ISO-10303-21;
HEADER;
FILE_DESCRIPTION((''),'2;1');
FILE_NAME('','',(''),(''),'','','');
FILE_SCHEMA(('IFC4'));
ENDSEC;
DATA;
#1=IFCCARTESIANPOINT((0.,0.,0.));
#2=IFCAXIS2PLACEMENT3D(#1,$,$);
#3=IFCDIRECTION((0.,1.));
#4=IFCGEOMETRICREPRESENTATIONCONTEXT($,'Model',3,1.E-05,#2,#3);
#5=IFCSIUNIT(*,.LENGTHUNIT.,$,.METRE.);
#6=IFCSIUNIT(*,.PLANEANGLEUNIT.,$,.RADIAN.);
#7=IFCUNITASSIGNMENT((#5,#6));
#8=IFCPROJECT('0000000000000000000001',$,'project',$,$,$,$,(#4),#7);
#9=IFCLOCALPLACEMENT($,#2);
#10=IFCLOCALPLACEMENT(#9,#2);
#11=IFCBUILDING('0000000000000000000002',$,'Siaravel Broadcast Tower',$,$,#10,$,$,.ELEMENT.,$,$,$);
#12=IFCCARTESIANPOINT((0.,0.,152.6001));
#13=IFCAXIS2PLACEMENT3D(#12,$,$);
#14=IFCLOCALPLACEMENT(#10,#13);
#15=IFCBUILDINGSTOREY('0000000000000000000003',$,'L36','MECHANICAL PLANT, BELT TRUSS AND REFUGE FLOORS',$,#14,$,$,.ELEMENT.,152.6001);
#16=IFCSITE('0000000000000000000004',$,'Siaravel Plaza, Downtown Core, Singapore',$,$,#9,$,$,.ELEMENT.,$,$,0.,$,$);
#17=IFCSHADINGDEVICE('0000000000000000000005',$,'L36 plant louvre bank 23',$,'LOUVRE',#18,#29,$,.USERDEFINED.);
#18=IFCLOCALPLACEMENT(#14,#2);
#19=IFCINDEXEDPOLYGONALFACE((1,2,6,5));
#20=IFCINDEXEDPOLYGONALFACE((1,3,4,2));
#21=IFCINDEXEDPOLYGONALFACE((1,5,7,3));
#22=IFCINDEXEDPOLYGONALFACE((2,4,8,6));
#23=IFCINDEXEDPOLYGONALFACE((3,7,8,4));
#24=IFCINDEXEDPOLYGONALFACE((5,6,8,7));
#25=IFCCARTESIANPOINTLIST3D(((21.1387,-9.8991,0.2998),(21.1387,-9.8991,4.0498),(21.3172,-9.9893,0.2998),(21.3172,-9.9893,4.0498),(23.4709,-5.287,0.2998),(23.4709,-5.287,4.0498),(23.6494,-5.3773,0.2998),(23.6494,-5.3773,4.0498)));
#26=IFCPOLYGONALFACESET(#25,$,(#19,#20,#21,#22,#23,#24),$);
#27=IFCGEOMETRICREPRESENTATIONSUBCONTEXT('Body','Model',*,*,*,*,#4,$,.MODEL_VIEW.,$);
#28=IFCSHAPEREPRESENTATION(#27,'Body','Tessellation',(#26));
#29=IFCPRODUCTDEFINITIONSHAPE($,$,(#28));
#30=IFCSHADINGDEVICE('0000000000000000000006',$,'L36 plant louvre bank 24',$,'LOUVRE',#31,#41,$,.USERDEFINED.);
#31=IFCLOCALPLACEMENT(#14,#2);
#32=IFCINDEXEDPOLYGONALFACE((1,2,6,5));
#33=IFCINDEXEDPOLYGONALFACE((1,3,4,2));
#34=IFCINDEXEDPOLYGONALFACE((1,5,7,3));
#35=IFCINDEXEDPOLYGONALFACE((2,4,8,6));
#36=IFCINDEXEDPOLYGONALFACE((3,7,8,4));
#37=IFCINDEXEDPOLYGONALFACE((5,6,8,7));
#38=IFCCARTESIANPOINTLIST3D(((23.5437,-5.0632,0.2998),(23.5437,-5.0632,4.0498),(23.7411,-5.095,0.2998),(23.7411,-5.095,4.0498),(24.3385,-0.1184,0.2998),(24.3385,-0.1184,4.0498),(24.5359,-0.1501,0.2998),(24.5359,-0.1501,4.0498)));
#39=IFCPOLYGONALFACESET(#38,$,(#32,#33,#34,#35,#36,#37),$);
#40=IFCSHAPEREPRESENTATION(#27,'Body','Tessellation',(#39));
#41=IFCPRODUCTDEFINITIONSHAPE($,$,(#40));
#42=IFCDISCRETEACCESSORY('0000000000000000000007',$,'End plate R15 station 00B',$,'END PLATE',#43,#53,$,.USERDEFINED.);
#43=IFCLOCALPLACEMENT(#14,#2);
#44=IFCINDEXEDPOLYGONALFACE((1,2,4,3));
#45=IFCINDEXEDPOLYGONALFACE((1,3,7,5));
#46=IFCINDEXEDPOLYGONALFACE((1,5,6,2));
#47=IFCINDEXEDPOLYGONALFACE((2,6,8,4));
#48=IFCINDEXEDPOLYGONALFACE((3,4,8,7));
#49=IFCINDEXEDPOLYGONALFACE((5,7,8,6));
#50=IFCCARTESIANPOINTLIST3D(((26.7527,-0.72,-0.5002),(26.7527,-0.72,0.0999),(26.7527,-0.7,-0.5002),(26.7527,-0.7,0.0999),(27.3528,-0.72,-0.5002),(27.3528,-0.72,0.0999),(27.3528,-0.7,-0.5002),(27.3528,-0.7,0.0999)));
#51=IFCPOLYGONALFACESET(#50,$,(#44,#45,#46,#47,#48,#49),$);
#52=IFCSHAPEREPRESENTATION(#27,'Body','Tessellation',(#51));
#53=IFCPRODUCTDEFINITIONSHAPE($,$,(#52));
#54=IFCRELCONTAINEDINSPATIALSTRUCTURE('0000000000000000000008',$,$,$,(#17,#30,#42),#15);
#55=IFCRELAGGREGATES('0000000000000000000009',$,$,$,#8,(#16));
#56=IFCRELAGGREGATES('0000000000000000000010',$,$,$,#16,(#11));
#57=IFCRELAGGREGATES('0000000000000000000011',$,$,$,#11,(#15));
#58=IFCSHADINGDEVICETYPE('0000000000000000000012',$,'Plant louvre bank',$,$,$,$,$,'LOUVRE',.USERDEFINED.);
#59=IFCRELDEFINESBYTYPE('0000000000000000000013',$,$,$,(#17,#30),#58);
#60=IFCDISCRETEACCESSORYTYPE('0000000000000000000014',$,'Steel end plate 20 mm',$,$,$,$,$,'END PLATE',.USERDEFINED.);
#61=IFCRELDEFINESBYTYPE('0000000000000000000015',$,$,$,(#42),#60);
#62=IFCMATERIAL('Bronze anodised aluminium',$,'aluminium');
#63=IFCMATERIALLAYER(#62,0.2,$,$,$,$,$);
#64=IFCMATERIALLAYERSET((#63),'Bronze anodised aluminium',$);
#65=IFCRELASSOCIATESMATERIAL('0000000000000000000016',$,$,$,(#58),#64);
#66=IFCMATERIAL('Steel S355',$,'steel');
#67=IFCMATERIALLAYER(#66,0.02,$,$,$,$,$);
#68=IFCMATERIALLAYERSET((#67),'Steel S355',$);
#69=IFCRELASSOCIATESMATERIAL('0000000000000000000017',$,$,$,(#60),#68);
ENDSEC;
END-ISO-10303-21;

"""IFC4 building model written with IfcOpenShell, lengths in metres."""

from ifc_helpers import new_model, si_unit, direction, frame, origin, origin_2d, place, context, subcontext, project, spatial, rectangle, extrude, material, layer, layer_set, type_object, element, save


model = new_model("IFC4")

# Units and contexts
model_context = context("Model", 3, precision=1e-05, world=origin(), true_north=direction((0.0, 1.0)))
body_context = subcontext(model_context, "Body", "Model", "MODEL_VIEW")
ifc_project = project(units=[si_unit("LENGTHUNIT", "METRE"), si_unit("PLANEANGLEUNIT", "RADIAN")], contexts=[model_context])

# Site, building, storey
site_placement = place(None, origin())
site = spatial("IfcSite", under=ifc_project, at=site_placement, Name="Siaravel Plaza, Downtown Core, Singapore", CompositionType="ELEMENT", RefElevation=0.0)
building_placement = place(site_placement, origin())
building = spatial("IfcBuilding", under=site, at=building_placement, Name="Siaravel Broadcast Tower", CompositionType="ELEMENT")
storey_placement = place(building_placement, frame((0.0, 0.0, 152.6001)))
storey = spatial("IfcBuildingStorey", under=building, at=storey_placement, Name="L36", Description="MECHANICAL PLANT, BELT TRUSS AND REFUGE FLOORS", CompositionType="ELEMENT", Elevation=152.6001)

# Shared definitions
ifc_material_1 = material(Name="Steel S355", Category="steel")

# Shading devices
ifc_material_2 = material(Name="Bronze anodised aluminium", Category="aluminium")
ifc_layer_1 = layer(ifc_material_2, 0.2)
ifc_layer_set_1 = layer_set([ifc_layer_1], Name="Bronze anodised aluminium")
shading_device_type = type_object("IfcShadingDeviceType", Name="Plant louvre bank", ElementType="LOUVRE", PredefinedType="USERDEFINED", material=ifc_layer_set_1)
shading_device_1_placement = place(storey_placement, frame((22.394, -7.6382, 0.2998), z_axis=(0.0, 0.0, 1.0), x_axis=(0.451261, 0.892392, 0.0)))
element("IfcShadingDevice", 1, at=shading_device_1_placement, inside=storey, type_object=shading_device_type, Name="L36 plant louvre bank 23", ObjectType="LOUVRE", PredefinedType="USERDEFINED", context=body_context, shape_type="SweptSolid", body=[
    extrude(rectangle(XDim=5.1682, YDim=0.2, at=origin_2d()), origin(), (0.0, 0.0, 1.0), 3.75),
])
shading_device_2_placement = place(storey_placement, frame((24.0398, -2.6067, 0.2998), z_axis=(0.0, 0.0, 1.0), x_axis=(0.158685, 0.987329, 0.0)))
element("IfcShadingDevice", 2, at=shading_device_2_placement, inside=storey, type_object=shading_device_type, Name="L36 plant louvre bank 24", ObjectType="LOUVRE", PredefinedType="USERDEFINED", context=body_context, shape_type="SweptSolid", body=[
    extrude(rectangle(XDim=5.0083, YDim=0.2, at=origin_2d()), origin(), (0.0, 0.0, 1.0), 3.75),
])

# Discrete accessory
ifc_layer_2 = layer(ifc_material_1, 0.02)
ifc_layer_set_2 = layer_set([ifc_layer_2], Name="Steel S355")
discrete_accessory_type = type_object("IfcDiscreteAccessoryType", Name="Steel end plate 20 mm", ElementType="END PLATE", PredefinedType="USERDEFINED", material=ifc_layer_set_2)
discrete_accessory_placement = place(storey_placement, frame((27.0527, -0.71, -0.5002), z_axis=(0.0, 0.0, 1.0), x_axis=(0.0, 1.0, 0.0)))
element("IfcDiscreteAccessory", 3, at=discrete_accessory_placement, inside=storey, type_object=discrete_accessory_type, Name="End plate R15 station 00B", ObjectType="END PLATE", PredefinedType="USERDEFINED", context=body_context, shape_type="SweptSolid", body=[
    extrude(rectangle(XDim=0.02, YDim=0.6001, at=origin_2d()), origin(), (0.0, 0.0, 1.0), 0.6001),
])

save(model, "model.ifc")
